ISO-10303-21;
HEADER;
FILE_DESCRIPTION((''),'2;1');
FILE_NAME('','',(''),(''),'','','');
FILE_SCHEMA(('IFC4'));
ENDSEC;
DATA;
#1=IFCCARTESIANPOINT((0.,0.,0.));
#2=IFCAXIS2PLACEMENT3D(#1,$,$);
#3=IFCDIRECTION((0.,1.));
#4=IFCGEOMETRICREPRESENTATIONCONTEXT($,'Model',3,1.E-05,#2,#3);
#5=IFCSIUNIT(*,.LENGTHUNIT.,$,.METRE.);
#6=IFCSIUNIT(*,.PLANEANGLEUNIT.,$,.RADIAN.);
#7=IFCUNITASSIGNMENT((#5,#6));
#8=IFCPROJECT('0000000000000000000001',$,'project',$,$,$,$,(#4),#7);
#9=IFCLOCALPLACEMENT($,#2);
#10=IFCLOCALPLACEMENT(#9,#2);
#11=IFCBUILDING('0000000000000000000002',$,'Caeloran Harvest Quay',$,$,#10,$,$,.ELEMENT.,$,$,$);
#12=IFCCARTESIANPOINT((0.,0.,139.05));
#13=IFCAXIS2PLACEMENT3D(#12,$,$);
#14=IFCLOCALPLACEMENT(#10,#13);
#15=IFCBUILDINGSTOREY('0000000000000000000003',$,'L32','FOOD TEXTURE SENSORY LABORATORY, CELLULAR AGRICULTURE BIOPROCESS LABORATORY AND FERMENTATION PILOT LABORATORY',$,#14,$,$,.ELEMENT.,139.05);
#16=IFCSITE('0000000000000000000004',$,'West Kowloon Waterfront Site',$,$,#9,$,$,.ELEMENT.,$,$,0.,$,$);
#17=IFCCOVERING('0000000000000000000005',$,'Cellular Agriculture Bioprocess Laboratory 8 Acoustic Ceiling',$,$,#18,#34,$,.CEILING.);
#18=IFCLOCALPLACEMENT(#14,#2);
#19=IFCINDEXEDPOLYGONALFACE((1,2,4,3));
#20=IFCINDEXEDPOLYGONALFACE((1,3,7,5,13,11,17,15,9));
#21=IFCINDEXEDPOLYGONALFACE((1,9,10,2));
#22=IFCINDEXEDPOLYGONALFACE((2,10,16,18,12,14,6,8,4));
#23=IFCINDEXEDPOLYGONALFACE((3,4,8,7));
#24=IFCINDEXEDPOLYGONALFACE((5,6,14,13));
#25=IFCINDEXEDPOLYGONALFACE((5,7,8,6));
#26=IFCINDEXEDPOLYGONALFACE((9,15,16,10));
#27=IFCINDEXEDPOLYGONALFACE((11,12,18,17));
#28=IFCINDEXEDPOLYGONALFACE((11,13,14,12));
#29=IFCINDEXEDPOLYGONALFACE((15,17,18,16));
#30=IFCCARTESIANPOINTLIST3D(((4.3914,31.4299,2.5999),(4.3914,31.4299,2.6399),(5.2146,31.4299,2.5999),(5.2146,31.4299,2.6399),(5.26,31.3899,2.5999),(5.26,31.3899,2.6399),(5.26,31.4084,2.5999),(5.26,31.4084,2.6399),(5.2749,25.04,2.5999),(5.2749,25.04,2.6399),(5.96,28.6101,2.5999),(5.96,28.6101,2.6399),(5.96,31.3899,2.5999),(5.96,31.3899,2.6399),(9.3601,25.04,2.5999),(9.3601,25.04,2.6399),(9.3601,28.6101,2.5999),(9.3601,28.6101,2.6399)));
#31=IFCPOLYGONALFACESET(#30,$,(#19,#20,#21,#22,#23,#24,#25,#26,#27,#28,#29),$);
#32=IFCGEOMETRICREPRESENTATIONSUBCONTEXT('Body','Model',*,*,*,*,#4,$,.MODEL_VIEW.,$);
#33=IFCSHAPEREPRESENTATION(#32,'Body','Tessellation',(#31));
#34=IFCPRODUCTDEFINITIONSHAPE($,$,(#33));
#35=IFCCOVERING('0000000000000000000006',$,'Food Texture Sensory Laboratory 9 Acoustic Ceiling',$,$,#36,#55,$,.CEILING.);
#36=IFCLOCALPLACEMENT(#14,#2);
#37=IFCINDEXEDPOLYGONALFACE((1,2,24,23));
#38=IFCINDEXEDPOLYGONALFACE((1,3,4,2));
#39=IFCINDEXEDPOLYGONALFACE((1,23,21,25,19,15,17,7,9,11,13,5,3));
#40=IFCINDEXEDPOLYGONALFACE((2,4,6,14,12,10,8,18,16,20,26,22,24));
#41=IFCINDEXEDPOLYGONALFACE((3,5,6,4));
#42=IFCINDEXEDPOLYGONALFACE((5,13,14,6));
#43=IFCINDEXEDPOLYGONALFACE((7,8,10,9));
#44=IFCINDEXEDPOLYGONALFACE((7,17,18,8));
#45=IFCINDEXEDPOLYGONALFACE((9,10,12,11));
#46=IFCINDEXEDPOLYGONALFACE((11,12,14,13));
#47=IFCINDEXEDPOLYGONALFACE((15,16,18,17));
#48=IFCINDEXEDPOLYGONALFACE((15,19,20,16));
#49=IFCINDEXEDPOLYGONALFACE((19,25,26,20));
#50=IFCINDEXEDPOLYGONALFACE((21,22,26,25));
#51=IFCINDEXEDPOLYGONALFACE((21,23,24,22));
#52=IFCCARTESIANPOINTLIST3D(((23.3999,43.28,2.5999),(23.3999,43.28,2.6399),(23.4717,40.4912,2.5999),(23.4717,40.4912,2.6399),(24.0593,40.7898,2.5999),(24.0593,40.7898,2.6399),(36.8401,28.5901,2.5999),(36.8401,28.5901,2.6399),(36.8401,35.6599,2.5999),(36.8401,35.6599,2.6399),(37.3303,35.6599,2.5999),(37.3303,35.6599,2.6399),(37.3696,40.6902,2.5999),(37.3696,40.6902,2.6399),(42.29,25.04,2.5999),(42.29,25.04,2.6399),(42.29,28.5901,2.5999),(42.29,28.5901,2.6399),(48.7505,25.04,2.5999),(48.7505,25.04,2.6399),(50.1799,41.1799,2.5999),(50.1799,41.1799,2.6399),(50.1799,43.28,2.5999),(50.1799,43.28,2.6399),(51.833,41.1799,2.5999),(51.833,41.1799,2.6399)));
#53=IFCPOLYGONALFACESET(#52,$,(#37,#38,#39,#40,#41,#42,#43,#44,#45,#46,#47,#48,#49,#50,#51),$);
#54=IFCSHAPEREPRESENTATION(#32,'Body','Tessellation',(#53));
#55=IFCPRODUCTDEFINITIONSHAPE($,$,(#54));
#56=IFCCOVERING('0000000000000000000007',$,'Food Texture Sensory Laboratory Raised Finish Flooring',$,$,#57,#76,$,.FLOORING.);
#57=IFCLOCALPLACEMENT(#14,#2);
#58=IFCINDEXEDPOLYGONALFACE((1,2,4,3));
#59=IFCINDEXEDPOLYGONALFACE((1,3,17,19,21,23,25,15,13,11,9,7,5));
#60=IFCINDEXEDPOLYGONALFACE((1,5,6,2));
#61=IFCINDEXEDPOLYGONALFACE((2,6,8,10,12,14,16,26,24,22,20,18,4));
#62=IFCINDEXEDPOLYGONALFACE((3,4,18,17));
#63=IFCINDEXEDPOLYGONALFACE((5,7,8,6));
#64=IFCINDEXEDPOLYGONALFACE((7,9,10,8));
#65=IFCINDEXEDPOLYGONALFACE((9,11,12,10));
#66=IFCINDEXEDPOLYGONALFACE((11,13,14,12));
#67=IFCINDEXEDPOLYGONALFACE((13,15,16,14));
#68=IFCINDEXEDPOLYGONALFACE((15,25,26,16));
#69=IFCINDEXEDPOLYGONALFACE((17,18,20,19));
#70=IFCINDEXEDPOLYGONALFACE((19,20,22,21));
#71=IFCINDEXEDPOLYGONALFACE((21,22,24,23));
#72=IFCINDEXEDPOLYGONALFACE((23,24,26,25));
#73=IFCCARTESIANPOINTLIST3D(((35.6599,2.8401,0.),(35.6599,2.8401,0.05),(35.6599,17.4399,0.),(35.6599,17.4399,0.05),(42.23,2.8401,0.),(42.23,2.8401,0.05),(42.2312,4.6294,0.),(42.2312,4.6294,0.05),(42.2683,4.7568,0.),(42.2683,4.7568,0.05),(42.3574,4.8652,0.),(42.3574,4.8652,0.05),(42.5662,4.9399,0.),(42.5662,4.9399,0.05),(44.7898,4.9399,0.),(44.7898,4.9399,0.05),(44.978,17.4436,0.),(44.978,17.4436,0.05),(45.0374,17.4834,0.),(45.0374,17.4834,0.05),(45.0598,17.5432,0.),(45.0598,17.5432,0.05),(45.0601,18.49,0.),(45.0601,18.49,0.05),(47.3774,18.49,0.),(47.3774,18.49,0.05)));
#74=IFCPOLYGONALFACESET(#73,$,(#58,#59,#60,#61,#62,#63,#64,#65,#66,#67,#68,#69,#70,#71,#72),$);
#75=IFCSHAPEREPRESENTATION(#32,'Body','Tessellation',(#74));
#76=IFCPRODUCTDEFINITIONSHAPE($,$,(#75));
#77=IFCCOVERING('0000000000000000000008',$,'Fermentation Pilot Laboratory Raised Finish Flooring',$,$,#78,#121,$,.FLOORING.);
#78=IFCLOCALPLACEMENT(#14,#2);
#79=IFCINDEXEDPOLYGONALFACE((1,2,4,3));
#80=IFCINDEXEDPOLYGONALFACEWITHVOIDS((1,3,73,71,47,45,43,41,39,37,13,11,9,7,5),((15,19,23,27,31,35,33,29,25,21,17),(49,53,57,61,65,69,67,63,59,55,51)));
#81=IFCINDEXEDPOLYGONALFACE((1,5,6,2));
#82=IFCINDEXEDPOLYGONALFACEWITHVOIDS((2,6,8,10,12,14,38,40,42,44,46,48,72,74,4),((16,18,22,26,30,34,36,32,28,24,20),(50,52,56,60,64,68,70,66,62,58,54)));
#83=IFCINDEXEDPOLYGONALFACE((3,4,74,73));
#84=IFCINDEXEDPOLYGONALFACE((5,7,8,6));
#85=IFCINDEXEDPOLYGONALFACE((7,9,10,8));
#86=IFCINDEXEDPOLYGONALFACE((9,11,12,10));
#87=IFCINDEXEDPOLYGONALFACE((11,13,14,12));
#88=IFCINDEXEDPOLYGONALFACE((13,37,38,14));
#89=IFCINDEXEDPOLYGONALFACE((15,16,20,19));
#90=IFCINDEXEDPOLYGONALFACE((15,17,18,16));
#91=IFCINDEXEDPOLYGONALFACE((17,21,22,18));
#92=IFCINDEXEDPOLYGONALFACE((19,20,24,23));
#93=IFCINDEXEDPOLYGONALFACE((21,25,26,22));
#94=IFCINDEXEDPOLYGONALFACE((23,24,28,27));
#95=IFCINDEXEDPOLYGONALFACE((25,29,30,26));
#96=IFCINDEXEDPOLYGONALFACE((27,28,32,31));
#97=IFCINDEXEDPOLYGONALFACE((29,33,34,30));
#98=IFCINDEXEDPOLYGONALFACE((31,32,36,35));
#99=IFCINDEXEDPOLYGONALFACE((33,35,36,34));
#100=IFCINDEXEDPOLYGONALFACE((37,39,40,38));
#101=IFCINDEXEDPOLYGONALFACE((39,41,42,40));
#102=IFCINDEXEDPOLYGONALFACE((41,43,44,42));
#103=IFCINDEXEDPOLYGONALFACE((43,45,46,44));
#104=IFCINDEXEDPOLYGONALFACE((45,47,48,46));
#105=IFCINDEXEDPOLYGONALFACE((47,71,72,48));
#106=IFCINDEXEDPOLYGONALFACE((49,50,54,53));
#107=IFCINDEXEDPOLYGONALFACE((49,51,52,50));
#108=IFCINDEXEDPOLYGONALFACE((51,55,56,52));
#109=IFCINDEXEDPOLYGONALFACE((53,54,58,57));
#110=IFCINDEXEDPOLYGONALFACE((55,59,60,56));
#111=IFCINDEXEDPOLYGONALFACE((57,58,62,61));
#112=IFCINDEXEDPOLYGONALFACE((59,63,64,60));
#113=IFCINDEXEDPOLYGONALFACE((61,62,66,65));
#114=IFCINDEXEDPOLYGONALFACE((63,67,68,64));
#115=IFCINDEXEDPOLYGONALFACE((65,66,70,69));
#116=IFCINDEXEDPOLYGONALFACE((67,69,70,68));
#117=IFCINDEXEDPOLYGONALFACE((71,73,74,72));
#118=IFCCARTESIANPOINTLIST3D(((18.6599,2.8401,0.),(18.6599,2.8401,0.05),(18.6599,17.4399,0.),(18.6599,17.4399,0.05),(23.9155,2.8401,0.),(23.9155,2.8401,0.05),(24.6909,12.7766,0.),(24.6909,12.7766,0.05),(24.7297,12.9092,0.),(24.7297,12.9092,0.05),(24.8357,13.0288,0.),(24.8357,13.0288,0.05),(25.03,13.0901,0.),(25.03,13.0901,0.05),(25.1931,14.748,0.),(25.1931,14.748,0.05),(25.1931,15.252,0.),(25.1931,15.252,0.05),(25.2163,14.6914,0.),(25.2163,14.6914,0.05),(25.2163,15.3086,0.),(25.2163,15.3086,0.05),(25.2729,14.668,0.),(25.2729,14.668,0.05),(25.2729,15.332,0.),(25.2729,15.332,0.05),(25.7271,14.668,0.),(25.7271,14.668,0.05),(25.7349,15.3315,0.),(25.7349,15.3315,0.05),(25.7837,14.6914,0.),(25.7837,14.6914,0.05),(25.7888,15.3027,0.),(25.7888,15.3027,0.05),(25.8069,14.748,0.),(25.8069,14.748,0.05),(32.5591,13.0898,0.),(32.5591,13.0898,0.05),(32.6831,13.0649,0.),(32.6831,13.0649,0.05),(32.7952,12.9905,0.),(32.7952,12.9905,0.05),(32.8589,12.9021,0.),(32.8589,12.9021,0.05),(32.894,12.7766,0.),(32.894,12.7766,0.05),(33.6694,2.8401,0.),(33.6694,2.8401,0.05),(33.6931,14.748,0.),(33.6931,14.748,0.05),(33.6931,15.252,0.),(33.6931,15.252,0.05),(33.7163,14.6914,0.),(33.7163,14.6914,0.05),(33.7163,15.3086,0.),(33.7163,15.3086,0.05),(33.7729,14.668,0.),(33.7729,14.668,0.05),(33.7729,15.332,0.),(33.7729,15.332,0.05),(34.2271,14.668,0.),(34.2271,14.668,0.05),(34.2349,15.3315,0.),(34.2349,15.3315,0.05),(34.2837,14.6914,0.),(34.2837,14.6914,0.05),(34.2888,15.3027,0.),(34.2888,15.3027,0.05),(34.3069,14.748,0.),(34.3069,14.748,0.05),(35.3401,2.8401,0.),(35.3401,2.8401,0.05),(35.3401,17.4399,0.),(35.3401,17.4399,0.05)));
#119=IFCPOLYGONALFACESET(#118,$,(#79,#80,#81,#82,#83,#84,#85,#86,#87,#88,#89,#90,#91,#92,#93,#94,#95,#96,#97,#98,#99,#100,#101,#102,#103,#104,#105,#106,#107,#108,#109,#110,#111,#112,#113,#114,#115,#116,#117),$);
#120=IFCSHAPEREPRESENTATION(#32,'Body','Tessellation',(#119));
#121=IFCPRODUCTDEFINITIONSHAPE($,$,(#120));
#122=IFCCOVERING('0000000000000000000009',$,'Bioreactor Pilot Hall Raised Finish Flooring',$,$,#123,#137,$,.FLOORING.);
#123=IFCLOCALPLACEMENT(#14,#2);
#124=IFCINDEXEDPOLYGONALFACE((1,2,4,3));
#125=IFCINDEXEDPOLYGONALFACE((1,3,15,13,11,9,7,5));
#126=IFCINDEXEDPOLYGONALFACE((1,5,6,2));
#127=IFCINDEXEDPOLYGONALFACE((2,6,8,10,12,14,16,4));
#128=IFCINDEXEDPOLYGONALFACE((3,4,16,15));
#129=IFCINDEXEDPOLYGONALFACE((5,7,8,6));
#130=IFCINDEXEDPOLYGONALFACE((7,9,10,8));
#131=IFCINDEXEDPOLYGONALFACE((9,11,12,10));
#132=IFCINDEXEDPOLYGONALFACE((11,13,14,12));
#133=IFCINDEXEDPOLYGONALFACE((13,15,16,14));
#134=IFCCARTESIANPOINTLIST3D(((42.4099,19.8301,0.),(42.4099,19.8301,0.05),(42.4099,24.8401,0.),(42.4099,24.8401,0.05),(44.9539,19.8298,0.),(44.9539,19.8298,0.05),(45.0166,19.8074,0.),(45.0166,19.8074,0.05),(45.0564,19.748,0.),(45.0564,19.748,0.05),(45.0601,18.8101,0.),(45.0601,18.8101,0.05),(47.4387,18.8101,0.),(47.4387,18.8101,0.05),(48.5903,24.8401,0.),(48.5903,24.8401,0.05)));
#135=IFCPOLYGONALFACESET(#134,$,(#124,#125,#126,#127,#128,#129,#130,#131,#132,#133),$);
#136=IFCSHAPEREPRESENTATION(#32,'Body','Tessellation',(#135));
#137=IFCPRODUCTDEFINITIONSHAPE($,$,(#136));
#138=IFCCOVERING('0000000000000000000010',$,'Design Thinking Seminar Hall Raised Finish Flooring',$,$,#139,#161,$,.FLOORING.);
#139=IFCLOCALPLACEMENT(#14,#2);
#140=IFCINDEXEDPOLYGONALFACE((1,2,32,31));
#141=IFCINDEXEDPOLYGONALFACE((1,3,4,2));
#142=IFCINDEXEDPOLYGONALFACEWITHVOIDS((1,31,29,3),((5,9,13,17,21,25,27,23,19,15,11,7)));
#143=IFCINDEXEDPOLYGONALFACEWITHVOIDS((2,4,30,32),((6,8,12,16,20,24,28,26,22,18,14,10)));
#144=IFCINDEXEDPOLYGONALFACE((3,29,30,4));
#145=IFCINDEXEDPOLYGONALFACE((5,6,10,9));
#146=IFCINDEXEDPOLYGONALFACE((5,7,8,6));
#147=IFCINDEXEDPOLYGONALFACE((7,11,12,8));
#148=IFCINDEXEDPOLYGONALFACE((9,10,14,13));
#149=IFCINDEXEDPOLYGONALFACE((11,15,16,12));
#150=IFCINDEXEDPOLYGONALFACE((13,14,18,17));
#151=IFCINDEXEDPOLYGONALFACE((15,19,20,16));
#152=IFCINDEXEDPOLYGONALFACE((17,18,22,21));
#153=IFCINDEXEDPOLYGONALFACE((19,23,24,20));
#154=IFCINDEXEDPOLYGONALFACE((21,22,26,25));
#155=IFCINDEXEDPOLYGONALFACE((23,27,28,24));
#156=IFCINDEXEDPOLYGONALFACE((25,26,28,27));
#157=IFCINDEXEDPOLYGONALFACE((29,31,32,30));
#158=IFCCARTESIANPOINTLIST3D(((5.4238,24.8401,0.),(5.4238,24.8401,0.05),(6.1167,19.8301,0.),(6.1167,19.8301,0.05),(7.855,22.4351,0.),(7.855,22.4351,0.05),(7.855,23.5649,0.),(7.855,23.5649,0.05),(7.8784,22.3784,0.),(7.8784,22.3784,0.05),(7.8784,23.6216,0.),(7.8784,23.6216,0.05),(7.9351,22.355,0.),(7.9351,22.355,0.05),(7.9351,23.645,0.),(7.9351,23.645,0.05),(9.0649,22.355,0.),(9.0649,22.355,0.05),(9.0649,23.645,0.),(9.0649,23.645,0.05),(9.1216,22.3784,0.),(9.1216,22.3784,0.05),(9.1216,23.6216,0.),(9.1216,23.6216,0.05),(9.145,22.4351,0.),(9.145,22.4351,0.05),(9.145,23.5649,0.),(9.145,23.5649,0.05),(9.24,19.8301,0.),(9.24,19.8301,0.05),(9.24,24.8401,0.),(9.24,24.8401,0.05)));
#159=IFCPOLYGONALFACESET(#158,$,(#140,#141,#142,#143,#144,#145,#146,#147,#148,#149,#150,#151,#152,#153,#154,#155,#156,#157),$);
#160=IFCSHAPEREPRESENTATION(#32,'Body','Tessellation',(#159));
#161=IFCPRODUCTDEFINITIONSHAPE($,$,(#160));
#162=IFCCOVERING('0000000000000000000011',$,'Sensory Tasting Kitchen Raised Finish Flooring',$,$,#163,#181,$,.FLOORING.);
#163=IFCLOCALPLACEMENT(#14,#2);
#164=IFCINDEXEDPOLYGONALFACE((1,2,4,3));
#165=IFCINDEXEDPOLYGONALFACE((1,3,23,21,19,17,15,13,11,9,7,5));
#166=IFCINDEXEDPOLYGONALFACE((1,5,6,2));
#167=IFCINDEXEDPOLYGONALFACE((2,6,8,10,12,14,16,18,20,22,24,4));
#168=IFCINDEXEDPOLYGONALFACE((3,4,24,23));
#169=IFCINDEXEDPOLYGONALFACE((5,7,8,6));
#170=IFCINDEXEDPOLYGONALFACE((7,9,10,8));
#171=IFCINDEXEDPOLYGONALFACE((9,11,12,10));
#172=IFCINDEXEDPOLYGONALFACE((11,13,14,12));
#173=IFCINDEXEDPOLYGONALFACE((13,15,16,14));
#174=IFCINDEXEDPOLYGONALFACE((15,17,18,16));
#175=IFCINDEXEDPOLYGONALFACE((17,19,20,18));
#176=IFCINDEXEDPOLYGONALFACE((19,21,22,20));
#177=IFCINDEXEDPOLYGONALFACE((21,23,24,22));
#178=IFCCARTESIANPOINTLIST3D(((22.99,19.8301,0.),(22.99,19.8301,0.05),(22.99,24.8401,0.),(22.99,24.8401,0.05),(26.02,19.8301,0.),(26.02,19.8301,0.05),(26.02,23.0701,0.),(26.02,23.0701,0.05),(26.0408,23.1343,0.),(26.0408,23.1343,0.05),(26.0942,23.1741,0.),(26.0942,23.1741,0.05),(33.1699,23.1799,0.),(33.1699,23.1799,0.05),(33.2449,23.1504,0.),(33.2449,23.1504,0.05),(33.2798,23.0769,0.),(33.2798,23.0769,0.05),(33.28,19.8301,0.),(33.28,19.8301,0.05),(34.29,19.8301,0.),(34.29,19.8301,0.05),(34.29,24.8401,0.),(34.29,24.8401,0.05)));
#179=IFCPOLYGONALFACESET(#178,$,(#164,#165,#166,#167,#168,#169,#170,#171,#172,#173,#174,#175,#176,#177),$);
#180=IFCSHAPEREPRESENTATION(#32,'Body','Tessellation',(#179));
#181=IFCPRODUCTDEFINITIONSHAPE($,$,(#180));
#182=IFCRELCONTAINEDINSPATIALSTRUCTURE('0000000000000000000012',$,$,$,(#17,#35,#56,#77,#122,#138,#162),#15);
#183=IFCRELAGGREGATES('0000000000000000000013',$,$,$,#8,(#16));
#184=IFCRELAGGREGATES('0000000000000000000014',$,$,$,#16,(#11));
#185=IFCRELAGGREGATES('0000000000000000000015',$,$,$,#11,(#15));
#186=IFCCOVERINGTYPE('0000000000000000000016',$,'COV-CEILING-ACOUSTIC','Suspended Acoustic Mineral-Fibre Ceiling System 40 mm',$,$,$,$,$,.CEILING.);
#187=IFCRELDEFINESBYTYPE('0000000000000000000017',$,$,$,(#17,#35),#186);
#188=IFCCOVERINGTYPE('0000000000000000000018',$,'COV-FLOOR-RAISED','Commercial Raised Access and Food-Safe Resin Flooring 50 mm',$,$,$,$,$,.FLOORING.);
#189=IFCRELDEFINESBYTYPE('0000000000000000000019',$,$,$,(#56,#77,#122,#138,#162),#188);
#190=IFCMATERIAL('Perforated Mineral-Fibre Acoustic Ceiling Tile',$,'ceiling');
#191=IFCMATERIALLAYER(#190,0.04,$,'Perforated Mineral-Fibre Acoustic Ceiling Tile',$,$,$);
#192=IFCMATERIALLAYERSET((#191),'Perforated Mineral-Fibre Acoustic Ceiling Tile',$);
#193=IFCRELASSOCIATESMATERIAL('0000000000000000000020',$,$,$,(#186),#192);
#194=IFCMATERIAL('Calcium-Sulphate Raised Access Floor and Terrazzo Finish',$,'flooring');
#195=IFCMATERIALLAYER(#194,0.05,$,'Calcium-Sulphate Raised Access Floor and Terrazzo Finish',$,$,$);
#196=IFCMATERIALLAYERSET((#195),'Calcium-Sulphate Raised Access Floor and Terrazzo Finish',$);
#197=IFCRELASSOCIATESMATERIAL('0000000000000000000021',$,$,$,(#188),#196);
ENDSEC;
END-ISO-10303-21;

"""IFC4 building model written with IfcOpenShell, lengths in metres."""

from ifc_helpers import new_model, si_unit, direction, frame, origin, place, context, subcontext, project, spatial, polyline, outline, extrude, material, layer, layer_set, type_object, element, save


model = new_model("IFC4")

# Units and contexts
model_context = context("Model", 3, precision=1e-05, world=origin(), true_north=direction((0.0, 1.0)))
body_context = subcontext(model_context, "Body", "Model", "MODEL_VIEW")
ifc_project = project(units=[si_unit("LENGTHUNIT", "METRE"), si_unit("PLANEANGLEUNIT", "RADIAN")], contexts=[model_context])

# Site, building, storey
site_placement = place(None, origin())
site = spatial("IfcSite", under=ifc_project, at=site_placement, Name="West Kowloon Waterfront Site", CompositionType="ELEMENT", RefElevation=0.0)
building_placement = place(site_placement, origin())
building = spatial("IfcBuilding", under=site, at=building_placement, Name="Caeloran Harvest Quay", CompositionType="ELEMENT")
storey_placement = place(building_placement, frame((0.0, 0.0, 139.05)))
storey = spatial("IfcBuildingStorey", under=building, at=storey_placement, Name="L32", Description="FOOD TEXTURE SENSORY LABORATORY, CELLULAR AGRICULTURE BIOPROCESS LABORATORY AND FERMENTATION PILOT LABORATORY", CompositionType="ELEMENT", Elevation=139.05)

# Coverings
ifc_material_1 = material(Name="Perforated Mineral-Fibre Acoustic Ceiling Tile", Category="ceiling")
ifc_layer_1 = layer(ifc_material_1, 0.04, Name="Perforated Mineral-Fibre Acoustic Ceiling Tile")
ifc_layer_set_1 = layer_set([ifc_layer_1], Name="Perforated Mineral-Fibre Acoustic Ceiling Tile")
covering_type_1 = type_object("IfcCoveringType", Name="COV-CEILING-ACOUSTIC", Description="Suspended Acoustic Mineral-Fibre Ceiling System 40 mm", PredefinedType="CEILING", material=ifc_layer_set_1)
covering_1_placement = place(storey_placement, frame((0.0, 0.0, 2.5999)))
element("IfcCovering", 1, at=covering_1_placement, inside=storey, type_object=covering_type_1, Name="Cellular Agriculture Bioprocess Laboratory 8 Acoustic Ceiling", PredefinedType="CEILING", context=body_context, shape_type="SweptSolid", body=[
    extrude(outline(polyline([(5.26, 31.3899), (5.96, 31.3899), (5.96, 28.6101), (9.3601, 28.6101), (9.3601, 25.04), (5.2749, 25.04), (4.3914, 31.4299), (5.2146, 31.4299), (5.26, 31.4084), (5.26, 31.3899)])), origin(), (0.0, 0.0, 1.0), 0.04),
])
covering_2_placement = place(storey_placement, frame((0.0, 0.0, 2.5999)))
element("IfcCovering", 2, at=covering_2_placement, inside=storey, type_object=covering_type_1, Name="Food Texture Sensory Laboratory 9 Acoustic Ceiling", PredefinedType="CEILING", context=body_context, shape_type="SweptSolid", body=[
    extrude(outline(polyline([(48.7505, 25.04), (42.29, 25.04), (42.29, 28.5901), (36.8401, 28.5901), (36.8401, 35.6599), (37.3303, 35.6599), (37.3696, 40.6902), (24.0593, 40.7898), (23.4717, 40.4912), (23.3999, 43.28), (50.1799, 43.28), (50.1799, 41.1799), (51.833, 41.1799), (48.7505, 25.04)])), origin(), (0.0, 0.0, 1.0), 0.04),
])
ifc_material_2 = material(Name="Calcium-Sulphate Raised Access Floor and Terrazzo Finish", Category="flooring")
ifc_layer_2 = layer(ifc_material_2, 0.05, Name="Calcium-Sulphate Raised Access Floor and Terrazzo Finish")
ifc_layer_set_2 = layer_set([ifc_layer_2], Name="Calcium-Sulphate Raised Access Floor and Terrazzo Finish")
covering_type_2 = type_object("IfcCoveringType", Name="COV-FLOOR-RAISED", Description="Commercial Raised Access and Food-Safe Resin Flooring 50 mm", PredefinedType="FLOORING", material=ifc_layer_set_2)
covering_3_placement = place(storey_placement, origin())
element("IfcCovering", 3, at=covering_3_placement, inside=storey, type_object=covering_type_2, Name="Food Texture Sensory Laboratory Raised Finish Flooring", PredefinedType="FLOORING", context=body_context, shape_type="SweptSolid", body=[
    extrude(outline(polyline([(44.978, 17.4436), (45.0374, 17.4834), (45.0598, 17.5432), (45.0601, 18.49), (47.3774, 18.49), (44.7898, 4.9399), (42.5662, 4.9399), (42.3574, 4.8652), (42.2683, 4.7568), (42.2312, 4.6294), (42.23, 2.8401), (35.6599, 2.8401), (35.6599, 17.4399), (44.978, 17.4436)])), origin(), (0.0, 0.0, 1.0), 0.05),
])
covering_4_placement = place(storey_placement, origin())
element("IfcCovering", 4, at=covering_4_placement, inside=storey, type_object=covering_type_2, Name="Fermentation Pilot Laboratory Raised Finish Flooring", PredefinedType="FLOORING", context=body_context, shape_type="SweptSolid", body=[
    extrude(outline(polyline([(32.894, 12.7766), (32.8589, 12.9021), (32.7952, 12.9905), (32.6831, 13.0649), (32.5591, 13.0898), (25.03, 13.0901), (24.8357, 13.0288), (24.7297, 12.9092), (24.6909, 12.7766), (23.9155, 2.8401), (18.6599, 2.8401), (18.6599, 17.4399), (35.3401, 17.4399), (35.3401, 2.8401), (33.6694, 2.8401), (32.894, 12.7766)]), holes=[polyline([(34.3069, 14.748), (34.2888, 15.3027), (34.2349, 15.3315), (33.7729, 15.332), (33.7163, 15.3086), (33.6931, 15.252), (33.6931, 14.748), (33.7163, 14.6914), (33.7729, 14.668), (34.2271, 14.668), (34.2837, 14.6914), (34.3069, 14.748)]), polyline([(25.8069, 14.748), (25.7888, 15.3027), (25.7349, 15.3315), (25.2729, 15.332), (25.2163, 15.3086), (25.1931, 15.252), (25.1931, 14.748), (25.2163, 14.6914), (25.2729, 14.668), (25.7271, 14.668), (25.7837, 14.6914), (25.8069, 14.748)])]), origin(), (0.0, 0.0, 1.0), 0.05),
])
covering_5_placement = place(storey_placement, origin())
element("IfcCovering", 5, at=covering_5_placement, inside=storey, type_object=covering_type_2, Name="Bioreactor Pilot Hall Raised Finish Flooring", PredefinedType="FLOORING", context=body_context, shape_type="SweptSolid", body=[
    extrude(outline(polyline([(45.0564, 19.748), (45.0166, 19.8074), (44.9539, 19.8298), (42.4099, 19.8301), (42.4099, 24.8401), (48.5903, 24.8401), (47.4387, 18.8101), (45.0601, 18.8101), (45.0564, 19.748)])), origin(), (0.0, 0.0, 1.0), 0.05),
])
covering_6_placement = place(storey_placement, origin())
element("IfcCovering", 6, at=covering_6_placement, inside=storey, type_object=covering_type_2, Name="Design Thinking Seminar Hall Raised Finish Flooring", PredefinedType="FLOORING", context=body_context, shape_type="SweptSolid", body=[
    extrude(outline(polyline([(9.24, 24.8401), (9.24, 19.8301), (6.1167, 19.8301), (5.4238, 24.8401), (9.24, 24.8401)]), holes=[polyline([(9.145, 23.5649), (9.1216, 23.6216), (9.0649, 23.645), (7.9351, 23.645), (7.8784, 23.6216), (7.855, 23.5649), (7.855, 22.4351), (7.8784, 22.3784), (7.9351, 22.355), (9.0649, 22.355), (9.1216, 22.3784), (9.145, 22.4351), (9.145, 23.5649)])]), origin(), (0.0, 0.0, 1.0), 0.05),
])
covering_7_placement = place(storey_placement, origin())
element("IfcCovering", 7, at=covering_7_placement, inside=storey, type_object=covering_type_2, Name="Sensory Tasting Kitchen Raised Finish Flooring", PredefinedType="FLOORING", context=body_context, shape_type="SweptSolid", body=[
    extrude(outline(polyline([(33.2798, 23.0769), (33.2449, 23.1504), (33.1699, 23.1799), (26.0942, 23.1741), (26.0408, 23.1343), (26.02, 23.0701), (26.02, 19.8301), (22.99, 19.8301), (22.99, 24.8401), (34.29, 24.8401), (34.29, 19.8301), (33.28, 19.8301), (33.2798, 23.0769)])), origin(), (0.0, 0.0, 1.0), 0.05),
])

save(model, "model.ifc")
